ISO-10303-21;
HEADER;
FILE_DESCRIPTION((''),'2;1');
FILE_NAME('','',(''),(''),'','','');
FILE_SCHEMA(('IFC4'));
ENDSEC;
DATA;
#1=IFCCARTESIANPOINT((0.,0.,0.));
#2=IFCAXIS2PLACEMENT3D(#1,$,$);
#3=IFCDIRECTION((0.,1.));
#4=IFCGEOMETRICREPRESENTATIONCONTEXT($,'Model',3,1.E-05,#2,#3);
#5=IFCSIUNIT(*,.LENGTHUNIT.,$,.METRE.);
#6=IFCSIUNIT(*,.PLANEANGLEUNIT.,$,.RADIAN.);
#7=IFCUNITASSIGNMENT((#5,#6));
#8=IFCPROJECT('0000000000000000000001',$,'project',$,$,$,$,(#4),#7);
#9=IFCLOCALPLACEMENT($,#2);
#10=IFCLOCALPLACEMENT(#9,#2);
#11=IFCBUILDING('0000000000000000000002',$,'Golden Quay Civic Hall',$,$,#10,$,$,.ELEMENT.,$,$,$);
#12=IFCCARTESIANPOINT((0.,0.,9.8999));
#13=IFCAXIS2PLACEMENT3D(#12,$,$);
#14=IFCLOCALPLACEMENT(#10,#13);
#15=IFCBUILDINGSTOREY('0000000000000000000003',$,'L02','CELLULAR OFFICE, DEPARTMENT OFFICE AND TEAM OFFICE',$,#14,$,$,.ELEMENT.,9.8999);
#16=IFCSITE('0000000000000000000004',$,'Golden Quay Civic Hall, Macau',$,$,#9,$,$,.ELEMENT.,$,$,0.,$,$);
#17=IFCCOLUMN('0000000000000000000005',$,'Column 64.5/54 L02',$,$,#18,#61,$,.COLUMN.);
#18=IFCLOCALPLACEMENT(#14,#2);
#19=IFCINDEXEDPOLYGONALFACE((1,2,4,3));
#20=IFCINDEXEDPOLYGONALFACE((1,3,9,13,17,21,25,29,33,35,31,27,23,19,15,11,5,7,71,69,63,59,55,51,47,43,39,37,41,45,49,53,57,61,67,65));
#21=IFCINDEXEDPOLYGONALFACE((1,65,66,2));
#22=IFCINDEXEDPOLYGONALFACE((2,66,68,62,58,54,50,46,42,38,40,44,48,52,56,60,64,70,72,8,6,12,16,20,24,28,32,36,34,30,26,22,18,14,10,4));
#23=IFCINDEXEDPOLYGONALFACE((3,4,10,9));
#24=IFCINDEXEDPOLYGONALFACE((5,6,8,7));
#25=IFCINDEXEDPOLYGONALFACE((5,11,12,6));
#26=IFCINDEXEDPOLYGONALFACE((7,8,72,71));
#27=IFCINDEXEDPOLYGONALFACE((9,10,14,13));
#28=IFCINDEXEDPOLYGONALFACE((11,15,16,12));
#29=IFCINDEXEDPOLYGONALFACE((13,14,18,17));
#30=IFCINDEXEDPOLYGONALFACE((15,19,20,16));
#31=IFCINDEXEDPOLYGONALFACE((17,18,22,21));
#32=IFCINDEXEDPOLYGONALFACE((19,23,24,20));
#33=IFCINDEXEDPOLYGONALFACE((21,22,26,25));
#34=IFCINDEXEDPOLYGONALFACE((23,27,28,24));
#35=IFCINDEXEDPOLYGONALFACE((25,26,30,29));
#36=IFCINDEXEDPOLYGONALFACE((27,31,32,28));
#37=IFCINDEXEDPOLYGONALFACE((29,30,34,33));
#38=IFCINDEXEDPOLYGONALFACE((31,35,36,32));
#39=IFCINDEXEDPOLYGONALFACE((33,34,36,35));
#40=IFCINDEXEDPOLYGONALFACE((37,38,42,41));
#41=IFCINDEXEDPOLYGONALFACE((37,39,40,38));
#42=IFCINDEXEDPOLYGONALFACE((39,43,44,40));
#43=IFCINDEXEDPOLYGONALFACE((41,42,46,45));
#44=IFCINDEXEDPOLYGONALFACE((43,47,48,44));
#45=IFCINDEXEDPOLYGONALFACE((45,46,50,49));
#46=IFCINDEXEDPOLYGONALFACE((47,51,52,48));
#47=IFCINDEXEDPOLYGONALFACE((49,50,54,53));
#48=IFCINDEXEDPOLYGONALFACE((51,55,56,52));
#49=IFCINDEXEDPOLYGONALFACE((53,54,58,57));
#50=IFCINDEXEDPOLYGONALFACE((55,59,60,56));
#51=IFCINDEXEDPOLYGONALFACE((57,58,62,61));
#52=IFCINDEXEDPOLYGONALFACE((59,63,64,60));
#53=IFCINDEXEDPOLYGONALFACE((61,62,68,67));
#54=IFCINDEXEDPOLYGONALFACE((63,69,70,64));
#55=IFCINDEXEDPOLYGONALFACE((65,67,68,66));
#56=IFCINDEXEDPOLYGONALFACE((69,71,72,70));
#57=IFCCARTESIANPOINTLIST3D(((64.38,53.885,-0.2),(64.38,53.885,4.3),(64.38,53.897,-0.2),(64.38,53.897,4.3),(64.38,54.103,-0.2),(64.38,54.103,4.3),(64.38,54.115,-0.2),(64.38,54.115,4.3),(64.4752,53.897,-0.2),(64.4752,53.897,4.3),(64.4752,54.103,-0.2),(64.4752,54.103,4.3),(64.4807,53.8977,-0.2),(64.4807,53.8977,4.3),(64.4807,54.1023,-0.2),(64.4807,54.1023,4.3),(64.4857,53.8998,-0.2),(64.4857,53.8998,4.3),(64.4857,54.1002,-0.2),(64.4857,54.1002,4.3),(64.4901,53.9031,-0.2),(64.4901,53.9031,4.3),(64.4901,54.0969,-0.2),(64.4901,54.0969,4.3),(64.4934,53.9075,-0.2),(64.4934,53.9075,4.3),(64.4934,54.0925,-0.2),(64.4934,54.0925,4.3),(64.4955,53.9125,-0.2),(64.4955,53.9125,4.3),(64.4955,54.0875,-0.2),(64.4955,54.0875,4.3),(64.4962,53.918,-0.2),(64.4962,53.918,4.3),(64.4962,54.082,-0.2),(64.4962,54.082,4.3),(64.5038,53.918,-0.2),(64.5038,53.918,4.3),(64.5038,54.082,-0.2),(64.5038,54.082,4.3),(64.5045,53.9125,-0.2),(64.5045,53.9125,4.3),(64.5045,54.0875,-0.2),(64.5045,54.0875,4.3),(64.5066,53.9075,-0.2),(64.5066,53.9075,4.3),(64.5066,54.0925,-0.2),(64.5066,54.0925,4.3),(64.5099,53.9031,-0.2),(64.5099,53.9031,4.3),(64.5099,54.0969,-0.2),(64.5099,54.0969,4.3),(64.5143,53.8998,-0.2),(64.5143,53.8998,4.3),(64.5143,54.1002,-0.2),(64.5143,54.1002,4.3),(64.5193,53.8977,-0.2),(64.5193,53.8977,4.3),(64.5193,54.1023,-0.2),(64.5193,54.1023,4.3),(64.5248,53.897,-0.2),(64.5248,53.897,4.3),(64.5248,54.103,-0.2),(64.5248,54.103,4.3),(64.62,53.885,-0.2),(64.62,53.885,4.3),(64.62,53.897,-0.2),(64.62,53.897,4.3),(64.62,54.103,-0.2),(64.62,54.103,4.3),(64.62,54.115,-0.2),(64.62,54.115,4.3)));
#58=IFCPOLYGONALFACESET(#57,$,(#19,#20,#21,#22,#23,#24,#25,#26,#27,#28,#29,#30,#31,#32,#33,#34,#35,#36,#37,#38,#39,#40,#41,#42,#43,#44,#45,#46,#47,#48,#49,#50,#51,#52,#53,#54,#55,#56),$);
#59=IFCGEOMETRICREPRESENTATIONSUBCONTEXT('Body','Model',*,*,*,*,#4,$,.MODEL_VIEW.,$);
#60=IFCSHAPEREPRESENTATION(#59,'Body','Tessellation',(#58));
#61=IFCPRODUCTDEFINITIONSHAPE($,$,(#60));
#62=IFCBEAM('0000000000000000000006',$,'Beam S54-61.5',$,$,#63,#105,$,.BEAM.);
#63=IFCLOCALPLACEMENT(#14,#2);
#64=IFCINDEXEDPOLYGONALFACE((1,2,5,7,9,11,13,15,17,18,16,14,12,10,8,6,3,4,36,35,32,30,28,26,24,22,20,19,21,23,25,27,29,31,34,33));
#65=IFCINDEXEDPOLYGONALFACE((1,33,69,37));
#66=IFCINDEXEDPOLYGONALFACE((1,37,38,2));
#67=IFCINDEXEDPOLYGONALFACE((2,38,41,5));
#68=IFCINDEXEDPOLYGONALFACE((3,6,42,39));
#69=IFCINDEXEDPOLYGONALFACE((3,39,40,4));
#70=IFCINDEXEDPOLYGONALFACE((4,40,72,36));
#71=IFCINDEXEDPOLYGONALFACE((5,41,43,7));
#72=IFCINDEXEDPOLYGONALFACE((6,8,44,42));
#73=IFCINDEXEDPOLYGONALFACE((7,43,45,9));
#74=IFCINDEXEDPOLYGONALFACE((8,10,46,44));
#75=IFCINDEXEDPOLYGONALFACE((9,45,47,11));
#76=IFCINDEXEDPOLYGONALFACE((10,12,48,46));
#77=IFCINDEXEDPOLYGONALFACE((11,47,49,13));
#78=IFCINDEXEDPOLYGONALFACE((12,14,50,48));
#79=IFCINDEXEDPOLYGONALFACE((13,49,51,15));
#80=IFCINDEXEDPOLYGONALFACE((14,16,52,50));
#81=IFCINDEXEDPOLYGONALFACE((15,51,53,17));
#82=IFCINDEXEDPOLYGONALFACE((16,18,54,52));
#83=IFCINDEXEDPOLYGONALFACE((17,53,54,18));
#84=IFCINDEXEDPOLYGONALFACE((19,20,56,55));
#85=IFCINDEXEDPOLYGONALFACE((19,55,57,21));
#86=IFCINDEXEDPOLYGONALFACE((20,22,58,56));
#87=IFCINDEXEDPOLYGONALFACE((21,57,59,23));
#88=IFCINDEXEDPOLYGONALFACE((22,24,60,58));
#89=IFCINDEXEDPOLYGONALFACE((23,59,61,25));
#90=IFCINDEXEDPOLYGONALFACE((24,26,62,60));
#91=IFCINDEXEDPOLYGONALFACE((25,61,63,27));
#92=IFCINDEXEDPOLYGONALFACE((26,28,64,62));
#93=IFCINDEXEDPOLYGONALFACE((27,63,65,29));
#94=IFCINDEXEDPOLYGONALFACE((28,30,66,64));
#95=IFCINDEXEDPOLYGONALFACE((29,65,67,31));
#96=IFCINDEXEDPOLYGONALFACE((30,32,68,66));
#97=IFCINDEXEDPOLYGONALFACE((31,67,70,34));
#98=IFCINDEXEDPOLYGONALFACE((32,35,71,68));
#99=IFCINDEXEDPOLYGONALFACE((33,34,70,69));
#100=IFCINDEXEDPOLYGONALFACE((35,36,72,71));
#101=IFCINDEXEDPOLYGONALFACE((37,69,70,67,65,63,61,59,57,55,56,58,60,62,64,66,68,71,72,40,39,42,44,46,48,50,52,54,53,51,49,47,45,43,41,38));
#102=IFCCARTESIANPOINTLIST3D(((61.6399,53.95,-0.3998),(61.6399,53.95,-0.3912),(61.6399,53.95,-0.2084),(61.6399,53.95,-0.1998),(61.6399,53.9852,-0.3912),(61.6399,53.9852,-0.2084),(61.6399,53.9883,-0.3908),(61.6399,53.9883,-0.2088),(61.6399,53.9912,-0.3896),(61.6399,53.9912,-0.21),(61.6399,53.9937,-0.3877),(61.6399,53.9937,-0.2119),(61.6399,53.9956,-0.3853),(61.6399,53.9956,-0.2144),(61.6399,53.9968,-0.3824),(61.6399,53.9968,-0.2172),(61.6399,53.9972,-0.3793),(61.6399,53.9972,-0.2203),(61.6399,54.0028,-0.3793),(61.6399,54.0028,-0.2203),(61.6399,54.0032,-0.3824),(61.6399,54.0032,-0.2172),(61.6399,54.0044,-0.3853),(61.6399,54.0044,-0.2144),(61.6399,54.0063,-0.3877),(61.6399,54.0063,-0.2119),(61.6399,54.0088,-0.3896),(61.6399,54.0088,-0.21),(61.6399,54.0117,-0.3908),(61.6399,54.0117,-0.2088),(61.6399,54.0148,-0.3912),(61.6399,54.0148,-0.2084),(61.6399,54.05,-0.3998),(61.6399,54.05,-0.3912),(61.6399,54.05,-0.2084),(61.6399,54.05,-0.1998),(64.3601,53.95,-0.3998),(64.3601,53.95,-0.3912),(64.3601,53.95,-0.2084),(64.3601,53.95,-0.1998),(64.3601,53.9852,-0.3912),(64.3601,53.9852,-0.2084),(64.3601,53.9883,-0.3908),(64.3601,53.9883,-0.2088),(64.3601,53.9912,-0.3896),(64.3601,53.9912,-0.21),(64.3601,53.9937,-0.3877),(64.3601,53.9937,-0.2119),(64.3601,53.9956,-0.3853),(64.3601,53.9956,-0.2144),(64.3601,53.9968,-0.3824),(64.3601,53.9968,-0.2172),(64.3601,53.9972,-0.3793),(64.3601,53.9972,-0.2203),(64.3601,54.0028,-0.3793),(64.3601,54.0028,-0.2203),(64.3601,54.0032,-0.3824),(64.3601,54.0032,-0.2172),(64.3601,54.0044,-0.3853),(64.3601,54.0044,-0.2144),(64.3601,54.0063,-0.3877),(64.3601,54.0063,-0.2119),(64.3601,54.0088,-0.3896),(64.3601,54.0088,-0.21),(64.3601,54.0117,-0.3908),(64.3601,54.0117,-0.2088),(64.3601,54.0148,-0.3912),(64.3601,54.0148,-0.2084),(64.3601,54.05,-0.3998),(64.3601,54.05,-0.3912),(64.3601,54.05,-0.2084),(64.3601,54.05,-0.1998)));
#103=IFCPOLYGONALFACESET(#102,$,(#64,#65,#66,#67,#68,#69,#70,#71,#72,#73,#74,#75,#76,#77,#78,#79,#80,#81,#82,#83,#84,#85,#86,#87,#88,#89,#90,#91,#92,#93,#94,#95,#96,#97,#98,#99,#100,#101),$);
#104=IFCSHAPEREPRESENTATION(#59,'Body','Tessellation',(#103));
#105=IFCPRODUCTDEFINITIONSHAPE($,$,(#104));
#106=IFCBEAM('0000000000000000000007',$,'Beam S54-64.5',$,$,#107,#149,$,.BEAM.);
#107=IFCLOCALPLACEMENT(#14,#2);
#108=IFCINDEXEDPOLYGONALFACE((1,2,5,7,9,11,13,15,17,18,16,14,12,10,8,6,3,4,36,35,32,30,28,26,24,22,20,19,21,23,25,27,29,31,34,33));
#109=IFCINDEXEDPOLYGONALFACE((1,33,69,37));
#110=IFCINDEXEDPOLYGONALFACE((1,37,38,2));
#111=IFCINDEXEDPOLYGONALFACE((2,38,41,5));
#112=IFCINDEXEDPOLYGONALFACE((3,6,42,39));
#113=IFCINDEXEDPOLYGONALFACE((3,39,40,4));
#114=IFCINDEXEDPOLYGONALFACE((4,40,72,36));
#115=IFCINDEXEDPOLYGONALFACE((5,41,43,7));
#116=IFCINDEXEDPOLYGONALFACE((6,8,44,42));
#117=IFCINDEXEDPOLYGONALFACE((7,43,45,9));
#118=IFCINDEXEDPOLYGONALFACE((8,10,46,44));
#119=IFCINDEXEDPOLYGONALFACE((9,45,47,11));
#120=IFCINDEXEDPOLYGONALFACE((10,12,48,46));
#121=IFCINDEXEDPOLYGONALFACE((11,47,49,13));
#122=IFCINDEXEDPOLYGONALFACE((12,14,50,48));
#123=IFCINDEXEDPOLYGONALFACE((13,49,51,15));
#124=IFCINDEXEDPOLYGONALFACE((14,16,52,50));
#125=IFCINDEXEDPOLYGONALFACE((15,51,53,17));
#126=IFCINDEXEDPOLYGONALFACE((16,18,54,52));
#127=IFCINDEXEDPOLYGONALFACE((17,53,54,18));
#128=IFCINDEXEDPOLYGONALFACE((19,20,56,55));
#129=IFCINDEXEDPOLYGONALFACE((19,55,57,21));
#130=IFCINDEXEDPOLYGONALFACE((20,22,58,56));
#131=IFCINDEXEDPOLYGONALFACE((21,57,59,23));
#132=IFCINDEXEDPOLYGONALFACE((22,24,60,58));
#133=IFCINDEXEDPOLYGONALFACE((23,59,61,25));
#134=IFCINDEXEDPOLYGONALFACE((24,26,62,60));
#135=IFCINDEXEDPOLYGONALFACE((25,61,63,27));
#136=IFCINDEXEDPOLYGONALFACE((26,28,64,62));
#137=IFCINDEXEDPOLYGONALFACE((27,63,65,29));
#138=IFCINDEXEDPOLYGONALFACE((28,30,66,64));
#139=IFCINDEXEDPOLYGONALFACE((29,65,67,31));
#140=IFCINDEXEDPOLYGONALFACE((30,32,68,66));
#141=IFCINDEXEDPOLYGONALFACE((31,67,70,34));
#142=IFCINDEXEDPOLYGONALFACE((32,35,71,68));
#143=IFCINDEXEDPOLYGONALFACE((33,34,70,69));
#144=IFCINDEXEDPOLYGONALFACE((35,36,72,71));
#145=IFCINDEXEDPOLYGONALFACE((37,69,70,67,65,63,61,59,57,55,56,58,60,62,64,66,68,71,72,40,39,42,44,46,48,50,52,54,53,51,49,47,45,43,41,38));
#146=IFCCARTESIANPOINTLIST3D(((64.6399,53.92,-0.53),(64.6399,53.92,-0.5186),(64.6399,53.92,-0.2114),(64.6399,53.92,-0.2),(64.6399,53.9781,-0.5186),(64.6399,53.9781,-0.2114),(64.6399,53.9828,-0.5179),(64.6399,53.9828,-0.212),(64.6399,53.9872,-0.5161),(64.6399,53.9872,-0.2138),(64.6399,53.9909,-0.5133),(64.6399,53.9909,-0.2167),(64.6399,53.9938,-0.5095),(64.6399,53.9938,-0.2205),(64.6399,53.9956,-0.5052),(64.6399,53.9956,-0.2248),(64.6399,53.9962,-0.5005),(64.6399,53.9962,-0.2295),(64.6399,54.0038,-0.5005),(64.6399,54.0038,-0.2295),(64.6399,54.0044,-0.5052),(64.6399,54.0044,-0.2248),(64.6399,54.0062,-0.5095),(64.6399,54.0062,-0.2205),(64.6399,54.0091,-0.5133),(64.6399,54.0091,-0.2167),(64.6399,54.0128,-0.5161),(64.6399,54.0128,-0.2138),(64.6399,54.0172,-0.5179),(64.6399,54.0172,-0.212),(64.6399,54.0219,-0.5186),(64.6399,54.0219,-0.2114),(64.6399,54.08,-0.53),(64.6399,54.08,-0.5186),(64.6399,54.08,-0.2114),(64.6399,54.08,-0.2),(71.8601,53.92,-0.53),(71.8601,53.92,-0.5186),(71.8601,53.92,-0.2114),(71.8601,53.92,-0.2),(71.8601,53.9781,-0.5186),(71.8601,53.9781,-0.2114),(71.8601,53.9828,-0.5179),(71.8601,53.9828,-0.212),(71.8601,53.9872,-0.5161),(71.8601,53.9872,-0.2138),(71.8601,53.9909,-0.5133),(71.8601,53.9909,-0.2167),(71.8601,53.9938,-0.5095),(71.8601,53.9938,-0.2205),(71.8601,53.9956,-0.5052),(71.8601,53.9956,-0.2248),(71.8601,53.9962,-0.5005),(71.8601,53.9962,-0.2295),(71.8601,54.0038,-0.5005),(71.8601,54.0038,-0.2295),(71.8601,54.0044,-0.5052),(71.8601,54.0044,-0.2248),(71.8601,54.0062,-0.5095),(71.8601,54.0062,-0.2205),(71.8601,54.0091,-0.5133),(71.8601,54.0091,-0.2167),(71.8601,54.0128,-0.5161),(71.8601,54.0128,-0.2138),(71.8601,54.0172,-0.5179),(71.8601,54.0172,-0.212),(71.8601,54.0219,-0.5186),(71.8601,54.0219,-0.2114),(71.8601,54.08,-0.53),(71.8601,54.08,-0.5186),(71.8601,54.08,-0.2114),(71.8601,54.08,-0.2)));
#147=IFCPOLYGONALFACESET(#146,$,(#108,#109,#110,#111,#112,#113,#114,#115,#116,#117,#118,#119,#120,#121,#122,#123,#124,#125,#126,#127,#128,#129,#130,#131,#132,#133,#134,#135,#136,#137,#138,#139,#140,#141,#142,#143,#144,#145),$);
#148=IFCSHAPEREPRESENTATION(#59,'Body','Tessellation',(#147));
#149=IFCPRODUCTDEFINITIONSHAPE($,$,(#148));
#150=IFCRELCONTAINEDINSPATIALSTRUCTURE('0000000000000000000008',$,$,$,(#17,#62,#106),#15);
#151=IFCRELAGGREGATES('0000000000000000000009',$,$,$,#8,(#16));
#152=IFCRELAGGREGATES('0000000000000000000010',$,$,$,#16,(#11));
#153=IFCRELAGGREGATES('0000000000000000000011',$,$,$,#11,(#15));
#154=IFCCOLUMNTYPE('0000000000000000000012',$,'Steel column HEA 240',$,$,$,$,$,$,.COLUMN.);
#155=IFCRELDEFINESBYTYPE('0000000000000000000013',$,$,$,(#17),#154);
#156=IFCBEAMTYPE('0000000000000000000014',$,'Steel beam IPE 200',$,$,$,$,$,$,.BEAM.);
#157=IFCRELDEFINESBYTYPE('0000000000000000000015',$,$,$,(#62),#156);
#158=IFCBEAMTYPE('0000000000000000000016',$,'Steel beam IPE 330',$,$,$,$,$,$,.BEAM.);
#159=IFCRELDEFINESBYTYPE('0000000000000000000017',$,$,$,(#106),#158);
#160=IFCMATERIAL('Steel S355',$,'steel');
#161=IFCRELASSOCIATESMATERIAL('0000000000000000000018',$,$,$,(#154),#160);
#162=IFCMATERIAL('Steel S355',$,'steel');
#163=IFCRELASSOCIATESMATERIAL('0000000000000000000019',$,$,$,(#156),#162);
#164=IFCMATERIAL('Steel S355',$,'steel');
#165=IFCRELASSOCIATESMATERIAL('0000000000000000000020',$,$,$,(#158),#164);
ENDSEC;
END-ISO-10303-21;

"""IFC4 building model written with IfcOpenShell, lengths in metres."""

from ifc_helpers import new_model, si_unit, direction, frame, origin, origin_2d, place, context, subcontext, project, spatial, i_section, extrude, material, material_profile, profile_set, type_object, element, save


model = new_model("IFC4")

# Units and contexts
model_context = context("Model", 3, precision=1e-05, world=origin(), true_north=direction((0.0, 1.0)))
body_context = subcontext(model_context, "Body", "Model", "MODEL_VIEW")
ifc_project = project(units=[si_unit("LENGTHUNIT", "METRE"), si_unit("PLANEANGLEUNIT", "RADIAN")], contexts=[model_context])

# Site, building, storey
site_placement = place(None, origin())
site = spatial("IfcSite", under=ifc_project, at=site_placement, Name="Golden Quay Civic Hall, Macau", CompositionType="ELEMENT", RefElevation=0.0)
building_placement = place(site_placement, origin())
building = spatial("IfcBuilding", under=site, at=building_placement, Name="Golden Quay Civic Hall", CompositionType="ELEMENT")
storey_placement = place(building_placement, frame((0.0, 0.0, 9.8999)))
storey = spatial("IfcBuildingStorey", under=building, at=storey_placement, Name="L02", Description="CELLULAR OFFICE, DEPARTMENT OFFICE AND TEAM OFFICE", CompositionType="ELEMENT", Elevation=9.8999)

# Column
ifc_material_1 = material(Name="Steel S355", Category="steel")
ifc_material_profile_1 = material_profile(ifc_material_1, i_section(OverallWidth=0.24, OverallDepth=0.23, WebThickness=0.0076, FlangeThickness=0.012, FilletRadius=0.021, at=origin_2d()), Name="HEA 240")
ifc_profile_set_1 = profile_set([ifc_material_profile_1], Name="Steel S355")
column_type = type_object("IfcColumnType", Name="Steel column HEA 240", PredefinedType="COLUMN", material=ifc_profile_set_1)
column_placement = place(storey_placement, frame((64.5, 54.0, -0.2), z_axis=(0.0, 0.0, 1.0), x_axis=(1.0, 0.0, 0.0)))
element("IfcColumn", 1, at=column_placement, inside=storey, type_object=column_type, Name="Column 64.5/54 L02", PredefinedType="COLUMN", context=body_context, shape_type="SweptSolid", body=[
    extrude(i_section(OverallWidth=0.24, OverallDepth=0.23, WebThickness=0.0076, FlangeThickness=0.012, FilletRadius=0.021, at=origin_2d()), origin(), (0.0, 0.0, 1.0), 4.5),
])

# Beams
ifc_material_2 = material(Name="Steel S355", Category="steel")
ifc_material_profile_2 = material_profile(ifc_material_2, i_section(OverallWidth=0.1001, OverallDepth=0.2, WebThickness=0.0056, FlangeThickness=0.0085, FilletRadius=0.012, at=origin_2d()), Name="IPE 200")
ifc_profile_set_2 = profile_set([ifc_material_profile_2], Name="Steel S355")
beam_type_1 = type_object("IfcBeamType", Name="Steel beam IPE 200", PredefinedType="BEAM", material=ifc_profile_set_2)
beam_1_placement = place(storey_placement, frame((61.6399, 54.0, -0.2998), z_axis=(1.0, 0.0, 0.0), x_axis=(0.0, 1.0, 0.0)))
element("IfcBeam", 2, at=beam_1_placement, inside=storey, type_object=beam_type_1, Name="Beam S54-61.5", PredefinedType="BEAM", context=body_context, shape_type="SweptSolid", body=[
    extrude(i_section(OverallWidth=0.1001, OverallDepth=0.2, WebThickness=0.0056, FlangeThickness=0.0085, FilletRadius=0.012, at=origin_2d()), origin(), (0.0, 0.0, 1.0), 2.7202),
])
ifc_material_3 = material(Name="Steel S355", Category="steel")
ifc_material_profile_3 = material_profile(ifc_material_3, i_section(OverallWidth=0.1599, OverallDepth=0.3301, WebThickness=0.0076, FlangeThickness=0.0115, FilletRadius=0.0181, at=origin_2d()), Name="IPE 330")
ifc_profile_set_3 = profile_set([ifc_material_profile_3], Name="Steel S355")
beam_type_2 = type_object("IfcBeamType", Name="Steel beam IPE 330", PredefinedType="BEAM", material=ifc_profile_set_3)
beam_2_placement = place(storey_placement, frame((64.6399, 54.0, -0.365), z_axis=(1.0, 0.0, 0.0), x_axis=(0.0, 1.0, 0.0)))
element("IfcBeam", 3, at=beam_2_placement, inside=storey, type_object=beam_type_2, Name="Beam S54-64.5", PredefinedType="BEAM", context=body_context, shape_type="SweptSolid", body=[
    extrude(i_section(OverallWidth=0.1599, OverallDepth=0.3301, WebThickness=0.0076, FlangeThickness=0.0115, FilletRadius=0.0181, at=origin_2d()), origin(), (0.0, 0.0, 1.0), 7.2202),
])

save(model, "model.ifc")
